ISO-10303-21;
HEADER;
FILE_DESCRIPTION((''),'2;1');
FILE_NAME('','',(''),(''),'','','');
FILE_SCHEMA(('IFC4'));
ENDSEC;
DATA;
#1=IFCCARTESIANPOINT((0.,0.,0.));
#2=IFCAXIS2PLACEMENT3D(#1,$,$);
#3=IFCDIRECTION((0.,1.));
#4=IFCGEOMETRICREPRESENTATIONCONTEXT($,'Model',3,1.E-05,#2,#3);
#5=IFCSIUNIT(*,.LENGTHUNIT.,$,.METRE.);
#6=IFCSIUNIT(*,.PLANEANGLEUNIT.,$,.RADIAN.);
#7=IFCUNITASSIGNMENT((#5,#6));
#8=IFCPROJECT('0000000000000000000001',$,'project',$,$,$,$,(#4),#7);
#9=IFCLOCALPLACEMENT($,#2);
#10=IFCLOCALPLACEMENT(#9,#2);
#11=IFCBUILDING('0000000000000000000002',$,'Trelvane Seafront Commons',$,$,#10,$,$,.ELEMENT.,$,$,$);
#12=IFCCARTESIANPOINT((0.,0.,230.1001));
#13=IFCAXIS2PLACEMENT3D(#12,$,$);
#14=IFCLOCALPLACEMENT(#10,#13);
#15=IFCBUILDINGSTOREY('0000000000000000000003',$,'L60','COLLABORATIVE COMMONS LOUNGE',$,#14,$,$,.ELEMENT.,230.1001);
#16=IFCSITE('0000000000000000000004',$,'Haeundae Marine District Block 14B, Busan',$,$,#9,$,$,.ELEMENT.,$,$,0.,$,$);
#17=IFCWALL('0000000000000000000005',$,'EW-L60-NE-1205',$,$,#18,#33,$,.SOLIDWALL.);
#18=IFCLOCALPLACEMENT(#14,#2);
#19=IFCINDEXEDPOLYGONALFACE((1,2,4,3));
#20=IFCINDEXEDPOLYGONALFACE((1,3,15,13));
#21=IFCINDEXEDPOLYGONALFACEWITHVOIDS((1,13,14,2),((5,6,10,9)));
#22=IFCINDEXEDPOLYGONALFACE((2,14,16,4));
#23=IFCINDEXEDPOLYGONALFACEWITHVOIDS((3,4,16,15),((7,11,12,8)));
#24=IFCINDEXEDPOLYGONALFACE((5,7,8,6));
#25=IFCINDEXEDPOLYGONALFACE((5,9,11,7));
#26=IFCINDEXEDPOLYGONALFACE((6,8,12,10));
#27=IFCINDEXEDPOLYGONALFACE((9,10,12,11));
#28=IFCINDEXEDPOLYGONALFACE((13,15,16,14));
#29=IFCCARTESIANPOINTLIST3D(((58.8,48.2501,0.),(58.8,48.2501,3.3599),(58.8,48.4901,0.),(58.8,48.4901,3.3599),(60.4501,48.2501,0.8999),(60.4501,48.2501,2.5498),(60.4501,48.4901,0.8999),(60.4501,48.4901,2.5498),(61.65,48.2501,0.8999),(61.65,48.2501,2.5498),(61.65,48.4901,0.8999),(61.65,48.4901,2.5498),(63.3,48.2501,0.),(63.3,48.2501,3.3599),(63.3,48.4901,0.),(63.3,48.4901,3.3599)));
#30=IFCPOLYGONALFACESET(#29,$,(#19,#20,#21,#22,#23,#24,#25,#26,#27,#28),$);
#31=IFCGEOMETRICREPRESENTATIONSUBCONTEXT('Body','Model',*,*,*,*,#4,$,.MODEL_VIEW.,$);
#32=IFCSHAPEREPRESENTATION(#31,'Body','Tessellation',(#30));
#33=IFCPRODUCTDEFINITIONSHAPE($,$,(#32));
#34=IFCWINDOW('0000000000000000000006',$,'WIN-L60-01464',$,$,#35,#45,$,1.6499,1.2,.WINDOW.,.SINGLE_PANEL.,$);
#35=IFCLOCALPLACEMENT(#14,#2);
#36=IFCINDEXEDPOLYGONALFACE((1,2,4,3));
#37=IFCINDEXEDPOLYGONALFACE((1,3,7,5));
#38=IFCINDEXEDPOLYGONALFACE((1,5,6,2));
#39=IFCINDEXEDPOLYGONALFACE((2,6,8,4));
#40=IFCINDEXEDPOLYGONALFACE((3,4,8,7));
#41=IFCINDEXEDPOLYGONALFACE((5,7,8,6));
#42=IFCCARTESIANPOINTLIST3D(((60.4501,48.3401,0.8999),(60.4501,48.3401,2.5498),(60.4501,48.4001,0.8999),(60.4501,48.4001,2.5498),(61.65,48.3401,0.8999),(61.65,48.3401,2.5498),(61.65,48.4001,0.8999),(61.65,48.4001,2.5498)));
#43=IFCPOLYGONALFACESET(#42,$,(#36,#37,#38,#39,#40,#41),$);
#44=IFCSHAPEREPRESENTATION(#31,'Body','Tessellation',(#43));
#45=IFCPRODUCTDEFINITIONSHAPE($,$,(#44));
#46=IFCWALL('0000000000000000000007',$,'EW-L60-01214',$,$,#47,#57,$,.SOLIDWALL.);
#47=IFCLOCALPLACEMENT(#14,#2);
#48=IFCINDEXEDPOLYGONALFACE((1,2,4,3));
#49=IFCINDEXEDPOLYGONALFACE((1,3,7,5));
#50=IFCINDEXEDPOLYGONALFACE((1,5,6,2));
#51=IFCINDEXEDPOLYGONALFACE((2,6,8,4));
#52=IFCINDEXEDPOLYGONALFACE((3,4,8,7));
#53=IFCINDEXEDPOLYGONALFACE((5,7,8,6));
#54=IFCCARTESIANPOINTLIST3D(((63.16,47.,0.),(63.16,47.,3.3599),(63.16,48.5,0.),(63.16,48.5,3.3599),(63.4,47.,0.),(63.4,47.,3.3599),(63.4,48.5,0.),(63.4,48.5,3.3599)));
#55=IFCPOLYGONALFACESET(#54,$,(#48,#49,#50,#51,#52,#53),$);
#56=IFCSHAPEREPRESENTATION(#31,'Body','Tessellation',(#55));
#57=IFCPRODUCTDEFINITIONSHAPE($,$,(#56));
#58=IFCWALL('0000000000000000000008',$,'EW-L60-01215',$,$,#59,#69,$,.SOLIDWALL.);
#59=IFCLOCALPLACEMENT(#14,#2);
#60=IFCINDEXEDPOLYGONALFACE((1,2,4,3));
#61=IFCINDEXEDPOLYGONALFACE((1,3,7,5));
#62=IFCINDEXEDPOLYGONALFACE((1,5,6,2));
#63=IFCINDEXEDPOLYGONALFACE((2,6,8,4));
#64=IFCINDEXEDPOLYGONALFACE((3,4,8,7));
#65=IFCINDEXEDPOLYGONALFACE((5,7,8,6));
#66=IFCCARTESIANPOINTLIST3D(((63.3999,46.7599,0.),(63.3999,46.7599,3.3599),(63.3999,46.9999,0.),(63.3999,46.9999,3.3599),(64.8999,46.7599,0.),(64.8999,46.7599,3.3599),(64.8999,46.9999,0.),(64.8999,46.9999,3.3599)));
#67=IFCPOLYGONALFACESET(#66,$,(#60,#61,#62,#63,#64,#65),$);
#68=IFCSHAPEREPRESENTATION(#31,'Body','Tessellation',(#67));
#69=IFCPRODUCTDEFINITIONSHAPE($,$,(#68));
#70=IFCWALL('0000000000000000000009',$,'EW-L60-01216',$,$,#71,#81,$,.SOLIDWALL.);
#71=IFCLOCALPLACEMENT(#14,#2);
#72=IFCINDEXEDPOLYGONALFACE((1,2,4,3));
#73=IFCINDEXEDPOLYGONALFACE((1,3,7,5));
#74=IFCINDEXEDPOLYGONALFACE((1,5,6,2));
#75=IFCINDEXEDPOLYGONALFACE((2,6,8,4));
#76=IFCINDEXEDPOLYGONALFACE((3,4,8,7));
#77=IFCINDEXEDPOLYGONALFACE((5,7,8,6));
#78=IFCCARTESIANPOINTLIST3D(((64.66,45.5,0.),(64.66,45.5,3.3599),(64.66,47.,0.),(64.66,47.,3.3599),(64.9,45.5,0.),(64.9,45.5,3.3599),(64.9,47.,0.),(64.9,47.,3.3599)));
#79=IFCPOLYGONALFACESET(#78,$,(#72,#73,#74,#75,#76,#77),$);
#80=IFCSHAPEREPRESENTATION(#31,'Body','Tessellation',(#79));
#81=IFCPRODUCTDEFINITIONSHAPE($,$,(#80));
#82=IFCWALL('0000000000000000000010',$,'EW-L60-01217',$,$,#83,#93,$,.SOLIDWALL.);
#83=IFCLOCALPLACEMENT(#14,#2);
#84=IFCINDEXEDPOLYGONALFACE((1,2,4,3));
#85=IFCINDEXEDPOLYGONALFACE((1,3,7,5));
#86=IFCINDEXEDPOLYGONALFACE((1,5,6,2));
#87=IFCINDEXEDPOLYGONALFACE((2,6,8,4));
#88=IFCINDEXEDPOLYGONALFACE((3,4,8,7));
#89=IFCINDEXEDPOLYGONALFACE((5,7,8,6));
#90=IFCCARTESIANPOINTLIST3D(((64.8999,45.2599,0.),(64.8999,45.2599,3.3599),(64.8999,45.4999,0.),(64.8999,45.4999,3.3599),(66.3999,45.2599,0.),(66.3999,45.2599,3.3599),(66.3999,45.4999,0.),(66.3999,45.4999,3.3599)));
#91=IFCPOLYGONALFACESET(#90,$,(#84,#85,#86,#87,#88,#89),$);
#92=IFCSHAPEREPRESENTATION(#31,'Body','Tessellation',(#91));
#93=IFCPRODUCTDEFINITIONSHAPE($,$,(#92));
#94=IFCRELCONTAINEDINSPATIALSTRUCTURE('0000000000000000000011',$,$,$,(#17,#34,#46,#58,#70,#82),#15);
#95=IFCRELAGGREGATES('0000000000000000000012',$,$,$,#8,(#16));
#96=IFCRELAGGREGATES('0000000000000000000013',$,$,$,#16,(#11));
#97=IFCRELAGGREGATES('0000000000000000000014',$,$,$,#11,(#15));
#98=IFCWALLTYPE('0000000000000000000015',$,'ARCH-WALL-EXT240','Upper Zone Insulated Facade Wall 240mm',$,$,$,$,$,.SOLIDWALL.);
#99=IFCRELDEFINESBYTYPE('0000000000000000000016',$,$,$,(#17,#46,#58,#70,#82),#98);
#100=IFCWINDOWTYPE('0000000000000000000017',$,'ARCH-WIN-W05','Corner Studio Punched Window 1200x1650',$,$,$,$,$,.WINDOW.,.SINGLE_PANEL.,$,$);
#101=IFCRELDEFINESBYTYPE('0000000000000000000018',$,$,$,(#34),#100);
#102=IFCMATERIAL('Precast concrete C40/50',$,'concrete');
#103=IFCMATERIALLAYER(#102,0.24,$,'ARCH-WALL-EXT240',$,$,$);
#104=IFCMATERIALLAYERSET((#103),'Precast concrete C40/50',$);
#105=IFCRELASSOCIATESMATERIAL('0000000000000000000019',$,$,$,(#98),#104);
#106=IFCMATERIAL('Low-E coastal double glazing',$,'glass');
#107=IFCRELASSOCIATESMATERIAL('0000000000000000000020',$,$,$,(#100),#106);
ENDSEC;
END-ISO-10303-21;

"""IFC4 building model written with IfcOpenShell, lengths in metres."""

from ifc_helpers import new_model, si_unit, direction, frame, frame_2d, origin, place, context, subcontext, project, spatial, rectangle, extrude, source, transform, mapped, material, layer, layer_set, type_object, element, fill, save


model = new_model("IFC4")

# Units and contexts
model_context = context("Model", 3, precision=1e-05, world=origin(), true_north=direction((0.0, 1.0)))
body_context = subcontext(model_context, "Body", "Model", "MODEL_VIEW")
ifc_project = project(units=[si_unit("LENGTHUNIT", "METRE"), si_unit("PLANEANGLEUNIT", "RADIAN")], contexts=[model_context])

# Site, building, storey
site_placement = place(None, origin())
site = spatial("IfcSite", under=ifc_project, at=site_placement, Name="Haeundae Marine District Block 14B, Busan", CompositionType="ELEMENT", RefElevation=0.0)
building_placement = place(site_placement, origin())
building = spatial("IfcBuilding", under=site, at=building_placement, Name="Trelvane Seafront Commons", CompositionType="ELEMENT")
storey_placement = place(building_placement, frame((0.0, 0.0, 230.1001)))
storey = spatial("IfcBuildingStorey", under=building, at=storey_placement, Name="L60", Description="COLLABORATIVE COMMONS LOUNGE", CompositionType="ELEMENT", Elevation=230.1001)

# Shared definitions
ifc_material_1 = material(Name="Low-E coastal double glazing", Category="glass")

# Wall, opening, window
ifc_material_2 = material(Name="Precast concrete C40/50", Category="concrete")
ifc_layer_1 = layer(ifc_material_2, 0.24, Name="ARCH-WALL-EXT240")
ifc_layer_set_1 = layer_set([ifc_layer_1], Name="Precast concrete C40/50")
wall_type_1 = type_object("IfcWallType", Name="ARCH-WALL-EXT240", Description="Upper Zone Insulated Facade Wall 240mm", PredefinedType="SOLIDWALL", material=ifc_layer_set_1)
wall_1_placement = place(storey_placement, frame((58.8, 48.3701, 0.0), z_axis=(0.0, 0.0, 1.0), x_axis=(1.0, 0.0, 0.0)))
wall_1 = element("IfcWall", 1, at=wall_1_placement, inside=storey, type_object=wall_type_1, Name="EW-L60-NE-1205", PredefinedType="SOLIDWALL", context=body_context, shape_type="SweptSolid", body=[
    extrude(rectangle(XDim=4.5, YDim=0.24, at=frame_2d((2.25, 0.0))), origin(), (0.0, 0.0, 1.0), 3.3599),
])
opening_1_placement = place(wall_1_placement, frame((1.6499, 0.0, 0.8999)))
opening_1 = element("IfcOpeningElement", 2, at=opening_1_placement, cuts=wall_1, PredefinedType="OPENING", context=body_context, shape_type="SweptSolid", body=[
    extrude(rectangle(XDim=1.2, YDim=1.6499, at=frame_2d((0.6001, 0.825))), frame((0.0, 0.1299, 0.0), z_axis=(0.0, -1.0, 0.0), x_axis=(1.0, 0.0, 0.0)), (0.0, 0.0, 1.0), 0.26),
])
window_type_1 = type_object("IfcWindowType", Name="ARCH-WIN-W05", Description="Corner Studio Punched Window 1200x1650", PartitioningType="SINGLE_PANEL", PredefinedType="WINDOW", material=ifc_material_1)
shared_shape_1 = source(origin(), body_context, "Body", "SweptSolid", [
    extrude(rectangle(XDim=1.2, YDim=1.6499, at=frame_2d((0.6001, 0.825))), frame((0.0, 0.03, 0.0), z_axis=(0.0, -1.0, 0.0), x_axis=(1.0, 0.0, 0.0)), (0.0, 0.0, 1.0), 0.0601),
])
window_1_placement = place(opening_1_placement, origin())
window_1 = element("IfcWindow", 3, at=window_1_placement, inside=storey, type_object=window_type_1, Name="WIN-L60-01464", OverallHeight=1.6499, OverallWidth=1.2, PartitioningType="SINGLE_PANEL", PredefinedType="WINDOW", context=body_context, shape_type="MappedRepresentation", body=[
    mapped(shared_shape_1, transform((0.0, 0.0, 0.0), x_axis=(1.0, 0.0, 0.0), y_axis=(0.0, 1.0, 0.0), z_axis=(0.0, 0.0, 1.0), scale=1.0)),
])
fill(opening_1, window_1)

# Walls
for number, where, z_axis, x_axis, name in (
    (4, (63.28, 48.5, 0.0), (0.0, 0.0, 1.0), (0.0, -1.0, 0.0), "EW-L60-01214"),
    (5, (63.3999, 46.8799, 0.0), (0.0, 0.0, 1.0), (1.0, 0.0, 0.0), "EW-L60-01215"),
    (6, (64.78, 47.0, 0.0), (0.0, 0.0, 1.0), (0.0, -1.0, 0.0), "EW-L60-01216"),
    (7, (64.8999, 45.3799, 0.0), (0.0, 0.0, 1.0), (1.0, 0.0, 0.0), "EW-L60-01217"),
):
    element("IfcWall", number, at=place(storey_placement, frame(where, z_axis=z_axis, x_axis=x_axis)), inside=storey, type_object=wall_type_1, Name=name, PredefinedType="SOLIDWALL", context=body_context, shape_type="SweptSolid", body=[
        extrude(rectangle(XDim=1.5, YDim=0.24, at=frame_2d((0.75, 0.0))), origin(), (0.0, 0.0, 1.0), 3.3599),
    ])

save(model, "model.ifc")
